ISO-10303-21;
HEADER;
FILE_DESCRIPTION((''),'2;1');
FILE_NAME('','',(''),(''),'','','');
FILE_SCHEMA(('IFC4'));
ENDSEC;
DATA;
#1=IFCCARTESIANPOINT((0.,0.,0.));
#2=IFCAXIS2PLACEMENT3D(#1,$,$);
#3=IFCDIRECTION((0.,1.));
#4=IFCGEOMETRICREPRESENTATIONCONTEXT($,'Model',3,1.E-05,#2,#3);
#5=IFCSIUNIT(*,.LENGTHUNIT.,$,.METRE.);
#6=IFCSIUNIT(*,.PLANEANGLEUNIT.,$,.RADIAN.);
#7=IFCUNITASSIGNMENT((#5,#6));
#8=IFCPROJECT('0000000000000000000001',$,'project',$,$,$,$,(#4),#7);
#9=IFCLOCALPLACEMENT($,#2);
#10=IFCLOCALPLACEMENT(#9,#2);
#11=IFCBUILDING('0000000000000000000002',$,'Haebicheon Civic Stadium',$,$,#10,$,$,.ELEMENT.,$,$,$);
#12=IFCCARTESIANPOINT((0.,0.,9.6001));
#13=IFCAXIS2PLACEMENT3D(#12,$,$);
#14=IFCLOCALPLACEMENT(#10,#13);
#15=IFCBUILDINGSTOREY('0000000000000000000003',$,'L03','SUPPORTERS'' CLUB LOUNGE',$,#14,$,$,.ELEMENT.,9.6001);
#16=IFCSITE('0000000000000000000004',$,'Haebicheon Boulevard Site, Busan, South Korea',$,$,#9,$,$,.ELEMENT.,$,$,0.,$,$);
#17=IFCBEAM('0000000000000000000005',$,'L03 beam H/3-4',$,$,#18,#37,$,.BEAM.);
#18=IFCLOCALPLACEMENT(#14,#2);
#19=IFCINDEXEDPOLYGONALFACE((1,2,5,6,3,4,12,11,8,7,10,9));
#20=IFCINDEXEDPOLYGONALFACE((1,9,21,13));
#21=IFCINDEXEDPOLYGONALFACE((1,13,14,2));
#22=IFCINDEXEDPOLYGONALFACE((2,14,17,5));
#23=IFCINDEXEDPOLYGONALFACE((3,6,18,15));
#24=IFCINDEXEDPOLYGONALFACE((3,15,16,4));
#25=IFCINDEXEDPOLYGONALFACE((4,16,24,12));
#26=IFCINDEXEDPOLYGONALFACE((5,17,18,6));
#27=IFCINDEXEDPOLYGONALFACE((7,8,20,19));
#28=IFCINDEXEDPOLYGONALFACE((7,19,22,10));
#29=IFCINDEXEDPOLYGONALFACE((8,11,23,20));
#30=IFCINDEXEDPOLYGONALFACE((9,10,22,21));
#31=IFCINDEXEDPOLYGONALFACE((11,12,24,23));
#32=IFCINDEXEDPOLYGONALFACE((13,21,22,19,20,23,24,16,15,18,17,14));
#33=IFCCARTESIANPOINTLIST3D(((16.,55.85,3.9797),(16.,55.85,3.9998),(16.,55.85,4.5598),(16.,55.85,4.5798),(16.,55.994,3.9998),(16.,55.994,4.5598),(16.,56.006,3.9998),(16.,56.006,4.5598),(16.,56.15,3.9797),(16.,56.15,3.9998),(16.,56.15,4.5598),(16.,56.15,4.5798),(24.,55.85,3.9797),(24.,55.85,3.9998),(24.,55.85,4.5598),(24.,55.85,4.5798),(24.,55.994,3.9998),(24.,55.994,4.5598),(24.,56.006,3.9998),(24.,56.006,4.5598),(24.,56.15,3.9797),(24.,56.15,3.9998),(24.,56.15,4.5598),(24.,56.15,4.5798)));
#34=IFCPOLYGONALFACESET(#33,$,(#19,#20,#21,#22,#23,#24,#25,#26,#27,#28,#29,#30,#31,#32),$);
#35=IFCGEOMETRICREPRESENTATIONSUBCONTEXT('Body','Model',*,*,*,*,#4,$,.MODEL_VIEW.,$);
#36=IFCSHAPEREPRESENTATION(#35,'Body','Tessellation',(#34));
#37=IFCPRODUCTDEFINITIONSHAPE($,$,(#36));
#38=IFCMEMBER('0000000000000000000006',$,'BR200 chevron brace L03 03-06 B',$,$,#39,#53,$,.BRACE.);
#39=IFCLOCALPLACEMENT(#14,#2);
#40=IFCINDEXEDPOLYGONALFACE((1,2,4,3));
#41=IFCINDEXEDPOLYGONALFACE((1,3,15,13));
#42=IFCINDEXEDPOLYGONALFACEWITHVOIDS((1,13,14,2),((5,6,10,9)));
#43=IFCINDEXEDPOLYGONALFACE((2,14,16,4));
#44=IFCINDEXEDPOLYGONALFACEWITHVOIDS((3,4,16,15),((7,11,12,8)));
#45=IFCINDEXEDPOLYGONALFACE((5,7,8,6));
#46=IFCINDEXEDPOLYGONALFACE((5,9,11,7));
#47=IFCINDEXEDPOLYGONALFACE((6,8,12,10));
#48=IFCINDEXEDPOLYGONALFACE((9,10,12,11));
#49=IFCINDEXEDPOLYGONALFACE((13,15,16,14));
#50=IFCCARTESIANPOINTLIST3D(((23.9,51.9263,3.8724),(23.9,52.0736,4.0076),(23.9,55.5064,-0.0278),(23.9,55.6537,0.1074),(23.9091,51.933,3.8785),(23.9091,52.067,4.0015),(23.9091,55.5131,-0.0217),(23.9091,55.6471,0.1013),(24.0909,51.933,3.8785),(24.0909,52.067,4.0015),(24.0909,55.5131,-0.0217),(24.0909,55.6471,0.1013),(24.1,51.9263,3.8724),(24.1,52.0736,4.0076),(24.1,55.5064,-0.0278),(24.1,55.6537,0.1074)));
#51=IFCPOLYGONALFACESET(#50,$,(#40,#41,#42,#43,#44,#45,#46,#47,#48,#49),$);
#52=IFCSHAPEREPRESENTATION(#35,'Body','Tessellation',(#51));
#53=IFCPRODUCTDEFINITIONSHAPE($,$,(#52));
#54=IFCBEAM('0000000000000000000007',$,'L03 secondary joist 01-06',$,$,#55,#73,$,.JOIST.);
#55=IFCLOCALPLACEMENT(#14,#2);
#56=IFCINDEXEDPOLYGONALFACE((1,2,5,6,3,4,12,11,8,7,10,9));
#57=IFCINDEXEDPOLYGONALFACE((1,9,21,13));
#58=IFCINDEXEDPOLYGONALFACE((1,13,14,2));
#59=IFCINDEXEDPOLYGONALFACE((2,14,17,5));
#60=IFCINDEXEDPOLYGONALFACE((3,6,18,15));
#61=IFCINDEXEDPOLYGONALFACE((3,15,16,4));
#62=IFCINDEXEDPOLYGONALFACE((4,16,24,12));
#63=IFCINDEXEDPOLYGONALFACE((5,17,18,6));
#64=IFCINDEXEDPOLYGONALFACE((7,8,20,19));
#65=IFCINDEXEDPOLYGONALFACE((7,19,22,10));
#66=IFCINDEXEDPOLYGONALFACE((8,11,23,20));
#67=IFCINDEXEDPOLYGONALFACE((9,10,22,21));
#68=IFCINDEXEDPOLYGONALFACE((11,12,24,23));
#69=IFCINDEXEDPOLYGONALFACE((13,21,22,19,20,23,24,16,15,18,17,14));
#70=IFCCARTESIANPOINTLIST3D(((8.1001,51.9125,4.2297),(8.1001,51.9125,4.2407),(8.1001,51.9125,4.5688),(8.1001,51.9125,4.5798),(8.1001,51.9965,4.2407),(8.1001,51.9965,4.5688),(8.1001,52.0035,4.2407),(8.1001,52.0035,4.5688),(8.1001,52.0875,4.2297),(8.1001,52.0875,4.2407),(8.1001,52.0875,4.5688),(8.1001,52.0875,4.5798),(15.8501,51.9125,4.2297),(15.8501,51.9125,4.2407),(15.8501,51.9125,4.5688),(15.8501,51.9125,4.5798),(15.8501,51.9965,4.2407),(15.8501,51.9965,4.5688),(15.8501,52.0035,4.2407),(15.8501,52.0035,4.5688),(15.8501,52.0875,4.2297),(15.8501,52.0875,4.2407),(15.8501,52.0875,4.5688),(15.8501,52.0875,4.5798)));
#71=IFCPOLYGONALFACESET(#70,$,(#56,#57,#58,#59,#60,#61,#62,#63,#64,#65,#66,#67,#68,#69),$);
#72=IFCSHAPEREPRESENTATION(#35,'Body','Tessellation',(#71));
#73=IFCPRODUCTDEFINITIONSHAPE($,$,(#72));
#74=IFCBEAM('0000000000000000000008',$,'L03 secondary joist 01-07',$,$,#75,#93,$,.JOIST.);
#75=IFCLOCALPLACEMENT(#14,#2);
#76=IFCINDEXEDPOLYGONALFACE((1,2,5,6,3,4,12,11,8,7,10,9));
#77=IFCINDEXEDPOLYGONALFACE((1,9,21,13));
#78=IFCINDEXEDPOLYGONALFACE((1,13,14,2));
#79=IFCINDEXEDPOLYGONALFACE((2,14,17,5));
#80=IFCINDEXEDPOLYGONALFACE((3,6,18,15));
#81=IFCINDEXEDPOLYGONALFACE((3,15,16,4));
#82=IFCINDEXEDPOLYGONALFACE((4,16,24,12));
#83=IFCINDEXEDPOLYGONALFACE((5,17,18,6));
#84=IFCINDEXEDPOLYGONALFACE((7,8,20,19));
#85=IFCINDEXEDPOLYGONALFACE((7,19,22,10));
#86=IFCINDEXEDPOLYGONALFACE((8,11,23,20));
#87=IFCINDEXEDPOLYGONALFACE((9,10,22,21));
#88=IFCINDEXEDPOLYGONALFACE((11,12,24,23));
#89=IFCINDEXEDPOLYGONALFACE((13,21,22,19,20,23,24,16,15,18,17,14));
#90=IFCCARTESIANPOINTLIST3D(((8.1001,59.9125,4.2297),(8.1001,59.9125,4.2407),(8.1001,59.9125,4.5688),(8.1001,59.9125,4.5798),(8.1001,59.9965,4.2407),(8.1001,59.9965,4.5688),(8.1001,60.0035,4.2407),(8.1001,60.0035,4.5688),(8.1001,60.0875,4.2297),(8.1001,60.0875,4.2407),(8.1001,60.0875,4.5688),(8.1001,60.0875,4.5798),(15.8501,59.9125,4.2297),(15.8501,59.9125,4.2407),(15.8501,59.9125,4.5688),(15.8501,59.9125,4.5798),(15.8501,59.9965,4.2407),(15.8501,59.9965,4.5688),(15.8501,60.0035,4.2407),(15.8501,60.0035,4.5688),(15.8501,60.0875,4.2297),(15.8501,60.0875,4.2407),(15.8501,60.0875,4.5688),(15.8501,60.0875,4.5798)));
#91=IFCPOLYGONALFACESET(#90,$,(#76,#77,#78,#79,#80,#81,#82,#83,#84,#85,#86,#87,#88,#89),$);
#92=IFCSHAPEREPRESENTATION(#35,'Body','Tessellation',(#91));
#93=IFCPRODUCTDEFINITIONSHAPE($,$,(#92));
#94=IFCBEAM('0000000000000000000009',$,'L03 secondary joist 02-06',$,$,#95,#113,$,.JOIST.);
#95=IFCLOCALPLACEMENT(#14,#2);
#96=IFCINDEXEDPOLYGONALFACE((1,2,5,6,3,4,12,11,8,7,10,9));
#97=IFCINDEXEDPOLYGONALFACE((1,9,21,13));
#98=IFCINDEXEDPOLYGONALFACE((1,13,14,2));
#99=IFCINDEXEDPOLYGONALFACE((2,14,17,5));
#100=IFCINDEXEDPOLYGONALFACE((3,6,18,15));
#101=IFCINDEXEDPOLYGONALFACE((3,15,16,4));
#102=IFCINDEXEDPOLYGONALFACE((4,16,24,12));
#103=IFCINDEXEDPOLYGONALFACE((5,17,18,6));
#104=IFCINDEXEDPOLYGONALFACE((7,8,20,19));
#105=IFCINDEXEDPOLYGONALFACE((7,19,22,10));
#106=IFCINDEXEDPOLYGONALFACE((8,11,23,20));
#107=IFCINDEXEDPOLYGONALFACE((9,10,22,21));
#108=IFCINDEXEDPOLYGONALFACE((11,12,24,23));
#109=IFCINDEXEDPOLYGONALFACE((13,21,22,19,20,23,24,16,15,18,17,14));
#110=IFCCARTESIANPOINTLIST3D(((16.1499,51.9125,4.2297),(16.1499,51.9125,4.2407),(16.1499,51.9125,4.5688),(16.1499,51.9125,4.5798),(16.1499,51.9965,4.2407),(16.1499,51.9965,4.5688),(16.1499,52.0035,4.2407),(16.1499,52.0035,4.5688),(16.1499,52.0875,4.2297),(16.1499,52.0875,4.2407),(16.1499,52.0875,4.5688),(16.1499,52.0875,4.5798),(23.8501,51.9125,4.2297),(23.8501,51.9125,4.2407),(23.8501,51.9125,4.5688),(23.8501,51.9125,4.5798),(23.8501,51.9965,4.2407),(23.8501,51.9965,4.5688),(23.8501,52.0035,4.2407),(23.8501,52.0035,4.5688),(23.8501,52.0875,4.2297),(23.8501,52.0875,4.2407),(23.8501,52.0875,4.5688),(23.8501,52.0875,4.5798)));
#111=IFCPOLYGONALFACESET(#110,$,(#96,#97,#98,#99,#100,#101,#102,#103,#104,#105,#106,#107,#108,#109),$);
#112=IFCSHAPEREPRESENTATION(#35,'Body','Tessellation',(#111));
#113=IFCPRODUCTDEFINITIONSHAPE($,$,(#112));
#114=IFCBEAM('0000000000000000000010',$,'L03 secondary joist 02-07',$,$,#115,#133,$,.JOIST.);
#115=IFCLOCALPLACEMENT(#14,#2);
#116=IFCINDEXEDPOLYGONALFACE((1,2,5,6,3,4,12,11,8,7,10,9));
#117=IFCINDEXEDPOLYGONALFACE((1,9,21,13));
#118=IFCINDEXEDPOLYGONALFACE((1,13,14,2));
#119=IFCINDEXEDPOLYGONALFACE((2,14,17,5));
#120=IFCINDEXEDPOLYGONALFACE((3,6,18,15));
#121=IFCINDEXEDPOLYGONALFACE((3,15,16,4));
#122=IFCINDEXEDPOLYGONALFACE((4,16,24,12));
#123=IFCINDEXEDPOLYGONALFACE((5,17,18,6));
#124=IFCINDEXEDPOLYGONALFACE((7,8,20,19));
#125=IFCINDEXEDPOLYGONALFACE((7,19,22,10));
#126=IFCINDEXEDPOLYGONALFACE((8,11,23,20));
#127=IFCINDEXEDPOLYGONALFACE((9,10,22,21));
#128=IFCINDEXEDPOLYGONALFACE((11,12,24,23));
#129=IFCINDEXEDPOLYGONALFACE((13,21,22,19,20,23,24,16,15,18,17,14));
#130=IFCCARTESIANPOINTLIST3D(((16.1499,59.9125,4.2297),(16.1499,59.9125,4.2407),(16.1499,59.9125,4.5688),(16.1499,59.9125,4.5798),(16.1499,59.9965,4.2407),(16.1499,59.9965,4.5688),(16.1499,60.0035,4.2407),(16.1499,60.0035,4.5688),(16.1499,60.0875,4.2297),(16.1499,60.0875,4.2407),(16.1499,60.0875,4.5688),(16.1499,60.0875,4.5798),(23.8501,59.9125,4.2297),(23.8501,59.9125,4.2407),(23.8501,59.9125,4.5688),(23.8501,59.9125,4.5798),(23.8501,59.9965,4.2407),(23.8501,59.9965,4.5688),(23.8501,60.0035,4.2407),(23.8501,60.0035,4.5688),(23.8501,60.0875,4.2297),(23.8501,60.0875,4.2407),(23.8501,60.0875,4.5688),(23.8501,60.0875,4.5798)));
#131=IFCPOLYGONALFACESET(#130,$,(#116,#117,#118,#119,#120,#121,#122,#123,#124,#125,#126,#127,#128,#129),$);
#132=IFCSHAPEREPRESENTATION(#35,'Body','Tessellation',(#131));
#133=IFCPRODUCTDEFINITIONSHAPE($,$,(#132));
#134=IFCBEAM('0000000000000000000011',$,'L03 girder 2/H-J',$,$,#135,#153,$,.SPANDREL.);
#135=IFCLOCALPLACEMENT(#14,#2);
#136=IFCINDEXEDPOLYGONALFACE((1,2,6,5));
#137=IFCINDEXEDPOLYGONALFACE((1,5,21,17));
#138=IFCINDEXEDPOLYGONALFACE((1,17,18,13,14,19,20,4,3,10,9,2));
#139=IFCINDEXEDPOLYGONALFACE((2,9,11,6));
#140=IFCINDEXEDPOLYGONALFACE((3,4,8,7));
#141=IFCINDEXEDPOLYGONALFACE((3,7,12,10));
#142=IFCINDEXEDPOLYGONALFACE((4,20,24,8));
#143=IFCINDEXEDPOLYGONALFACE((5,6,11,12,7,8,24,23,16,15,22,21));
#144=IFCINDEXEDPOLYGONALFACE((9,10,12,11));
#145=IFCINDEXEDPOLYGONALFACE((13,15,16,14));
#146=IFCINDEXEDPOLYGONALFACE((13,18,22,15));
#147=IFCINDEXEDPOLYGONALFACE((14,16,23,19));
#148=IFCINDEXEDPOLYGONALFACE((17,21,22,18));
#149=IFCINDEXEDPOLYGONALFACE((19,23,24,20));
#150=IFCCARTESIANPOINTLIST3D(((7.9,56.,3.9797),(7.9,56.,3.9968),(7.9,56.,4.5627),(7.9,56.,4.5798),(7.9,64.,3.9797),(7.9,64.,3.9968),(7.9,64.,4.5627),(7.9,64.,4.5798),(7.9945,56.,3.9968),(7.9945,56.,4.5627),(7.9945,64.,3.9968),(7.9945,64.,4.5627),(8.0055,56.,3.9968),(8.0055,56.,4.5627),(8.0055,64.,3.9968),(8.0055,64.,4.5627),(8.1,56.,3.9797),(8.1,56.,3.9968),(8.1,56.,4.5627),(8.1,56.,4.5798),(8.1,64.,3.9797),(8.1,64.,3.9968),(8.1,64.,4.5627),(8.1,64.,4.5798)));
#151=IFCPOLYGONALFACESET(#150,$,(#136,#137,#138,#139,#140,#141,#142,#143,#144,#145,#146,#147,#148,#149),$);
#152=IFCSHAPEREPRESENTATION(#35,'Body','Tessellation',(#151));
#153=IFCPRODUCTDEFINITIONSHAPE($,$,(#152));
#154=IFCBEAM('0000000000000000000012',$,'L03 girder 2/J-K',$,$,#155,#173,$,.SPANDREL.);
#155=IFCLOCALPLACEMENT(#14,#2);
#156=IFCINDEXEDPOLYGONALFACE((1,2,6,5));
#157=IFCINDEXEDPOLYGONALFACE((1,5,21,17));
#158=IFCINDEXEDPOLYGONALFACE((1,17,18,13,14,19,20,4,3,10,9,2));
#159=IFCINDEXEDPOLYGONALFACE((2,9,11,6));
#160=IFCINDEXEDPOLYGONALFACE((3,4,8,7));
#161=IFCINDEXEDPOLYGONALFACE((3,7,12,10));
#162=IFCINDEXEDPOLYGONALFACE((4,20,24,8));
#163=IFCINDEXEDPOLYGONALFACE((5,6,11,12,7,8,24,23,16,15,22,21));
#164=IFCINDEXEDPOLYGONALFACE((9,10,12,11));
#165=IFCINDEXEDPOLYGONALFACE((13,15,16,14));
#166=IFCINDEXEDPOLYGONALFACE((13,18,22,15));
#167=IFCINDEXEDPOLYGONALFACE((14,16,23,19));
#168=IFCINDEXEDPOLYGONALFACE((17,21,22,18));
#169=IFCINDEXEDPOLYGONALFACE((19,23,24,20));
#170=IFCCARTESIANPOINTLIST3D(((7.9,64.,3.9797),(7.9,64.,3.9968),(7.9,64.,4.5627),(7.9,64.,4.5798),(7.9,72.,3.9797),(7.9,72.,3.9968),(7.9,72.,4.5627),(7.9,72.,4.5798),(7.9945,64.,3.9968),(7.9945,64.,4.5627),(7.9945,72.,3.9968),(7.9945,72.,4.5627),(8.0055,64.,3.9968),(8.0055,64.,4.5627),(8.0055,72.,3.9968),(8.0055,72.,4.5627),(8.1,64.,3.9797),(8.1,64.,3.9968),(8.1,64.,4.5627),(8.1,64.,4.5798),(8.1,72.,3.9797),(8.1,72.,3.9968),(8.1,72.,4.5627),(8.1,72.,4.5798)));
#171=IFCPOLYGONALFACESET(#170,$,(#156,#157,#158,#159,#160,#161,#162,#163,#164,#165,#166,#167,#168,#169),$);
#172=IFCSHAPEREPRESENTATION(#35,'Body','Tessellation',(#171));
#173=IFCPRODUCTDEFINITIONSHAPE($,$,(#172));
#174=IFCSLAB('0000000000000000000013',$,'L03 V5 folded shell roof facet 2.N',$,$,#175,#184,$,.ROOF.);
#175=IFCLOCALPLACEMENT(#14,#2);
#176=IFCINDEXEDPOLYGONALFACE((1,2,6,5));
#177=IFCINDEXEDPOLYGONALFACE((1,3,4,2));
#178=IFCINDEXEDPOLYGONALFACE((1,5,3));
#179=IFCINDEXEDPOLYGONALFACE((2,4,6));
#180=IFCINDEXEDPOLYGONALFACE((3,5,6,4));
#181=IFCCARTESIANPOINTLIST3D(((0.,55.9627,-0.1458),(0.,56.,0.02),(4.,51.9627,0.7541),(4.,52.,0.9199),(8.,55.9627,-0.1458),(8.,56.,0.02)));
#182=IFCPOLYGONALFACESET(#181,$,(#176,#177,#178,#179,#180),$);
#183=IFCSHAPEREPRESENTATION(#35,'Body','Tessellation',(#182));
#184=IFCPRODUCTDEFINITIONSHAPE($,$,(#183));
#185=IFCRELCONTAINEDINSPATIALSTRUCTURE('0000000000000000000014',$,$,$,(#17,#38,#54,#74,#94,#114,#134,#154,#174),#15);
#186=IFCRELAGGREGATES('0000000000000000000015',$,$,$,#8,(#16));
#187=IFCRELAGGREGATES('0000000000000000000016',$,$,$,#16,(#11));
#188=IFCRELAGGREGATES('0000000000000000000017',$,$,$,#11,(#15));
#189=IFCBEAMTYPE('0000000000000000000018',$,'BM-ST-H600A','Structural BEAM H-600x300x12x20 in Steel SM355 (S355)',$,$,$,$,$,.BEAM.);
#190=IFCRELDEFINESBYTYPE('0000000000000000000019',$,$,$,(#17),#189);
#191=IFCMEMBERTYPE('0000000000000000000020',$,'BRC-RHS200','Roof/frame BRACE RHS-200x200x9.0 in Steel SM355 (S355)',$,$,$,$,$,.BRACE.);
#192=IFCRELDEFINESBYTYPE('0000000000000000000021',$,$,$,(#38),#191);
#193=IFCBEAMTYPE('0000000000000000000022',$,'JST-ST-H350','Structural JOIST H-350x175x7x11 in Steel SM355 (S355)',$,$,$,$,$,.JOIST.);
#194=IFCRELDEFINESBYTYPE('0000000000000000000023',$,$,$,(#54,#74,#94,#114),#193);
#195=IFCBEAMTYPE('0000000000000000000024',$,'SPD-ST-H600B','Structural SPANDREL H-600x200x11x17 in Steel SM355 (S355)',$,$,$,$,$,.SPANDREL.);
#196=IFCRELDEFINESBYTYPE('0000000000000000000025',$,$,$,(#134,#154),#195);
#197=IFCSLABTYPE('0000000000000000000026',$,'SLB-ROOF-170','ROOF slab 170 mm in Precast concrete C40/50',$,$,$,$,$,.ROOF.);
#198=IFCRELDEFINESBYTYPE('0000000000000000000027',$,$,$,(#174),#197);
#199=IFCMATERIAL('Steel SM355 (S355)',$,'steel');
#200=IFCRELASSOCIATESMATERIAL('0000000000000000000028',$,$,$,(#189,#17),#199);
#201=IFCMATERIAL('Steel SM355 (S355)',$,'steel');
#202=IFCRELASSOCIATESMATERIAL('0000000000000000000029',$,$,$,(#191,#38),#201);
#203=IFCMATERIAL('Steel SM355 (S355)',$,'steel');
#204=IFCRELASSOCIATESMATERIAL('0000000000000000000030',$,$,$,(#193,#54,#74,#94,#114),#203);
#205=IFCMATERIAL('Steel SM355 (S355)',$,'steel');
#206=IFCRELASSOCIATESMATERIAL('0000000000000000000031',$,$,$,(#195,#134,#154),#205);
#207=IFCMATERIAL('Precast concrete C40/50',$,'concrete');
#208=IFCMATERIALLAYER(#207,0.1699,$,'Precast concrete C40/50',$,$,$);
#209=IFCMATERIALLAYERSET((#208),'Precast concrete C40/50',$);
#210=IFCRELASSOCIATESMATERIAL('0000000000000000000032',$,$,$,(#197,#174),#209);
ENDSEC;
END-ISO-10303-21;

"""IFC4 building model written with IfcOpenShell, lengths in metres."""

from ifc_helpers import new_model, si_unit, direction, frame, origin, origin_2d, place, context, subcontext, project, spatial, polyline, hollow_rectangle, i_section, outline, extrude, material, layer, layer_set, material_profile, profile_set, type_object, element, save


model = new_model("IFC4")

# Units and contexts
model_context = context("Model", 3, precision=1e-05, world=origin(), true_north=direction((0.0, 1.0)))
body_context = subcontext(model_context, "Body", "Model", "MODEL_VIEW")
ifc_project = project(units=[si_unit("LENGTHUNIT", "METRE"), si_unit("PLANEANGLEUNIT", "RADIAN")], contexts=[model_context])

# Site, building, storey
site_placement = place(None, origin())
site = spatial("IfcSite", under=ifc_project, at=site_placement, Name="Haebicheon Boulevard Site, Busan, South Korea", CompositionType="ELEMENT", RefElevation=0.0)
building_placement = place(site_placement, origin())
building = spatial("IfcBuilding", under=site, at=building_placement, Name="Haebicheon Civic Stadium", CompositionType="ELEMENT")
storey_placement = place(building_placement, frame((0.0, 0.0, 9.6001)))
storey = spatial("IfcBuildingStorey", under=building, at=storey_placement, Name="L03", Description="SUPPORTERS' CLUB LOUNGE", CompositionType="ELEMENT", Elevation=9.6001)

# Beam
ifc_material_1 = material(Name="Steel SM355 (S355)", Category="steel")
ifc_material_profile_1 = material_profile(ifc_material_1, i_section(OverallWidth=0.3, OverallDepth=0.6001, WebThickness=0.012, FlangeThickness=0.02, at=origin_2d()), Name="H-600x300x12x20")
ifc_profile_set_1 = profile_set([ifc_material_profile_1], Name="Steel SM355 (S355)")
beam_type_1 = type_object("IfcBeamType", Name="BM-ST-H600A", Description="Structural BEAM H-600x300x12x20 in Steel SM355 (S355)", PredefinedType="BEAM", material=ifc_profile_set_1)
for number, where, z_axis, x_axis, name in (
    (1, (16.0, 56.0, 4.2798), (1.0, 0.0, 0.0), (0.0, 1.0, 0.0), "L03 beam H/3-4"),
):
    element("IfcBeam", number, at=place(storey_placement, frame(where, z_axis=z_axis, x_axis=x_axis)), inside=storey, type_object=beam_type_1, material=ifc_profile_set_1, Name=name, PredefinedType="BEAM", context=body_context, shape_type="SweptSolid", body=[
        extrude(i_section(OverallWidth=0.3, OverallDepth=0.6001, WebThickness=0.012, FlangeThickness=0.02, at=origin_2d()), origin(), (0.0, 0.0, 1.0), 8.0),
    ])

# Member
ifc_material_2 = material(Name="Steel SM355 (S355)", Category="steel")
ifc_material_profile_2 = material_profile(ifc_material_2, hollow_rectangle(XDim=0.2, YDim=0.2, WallThickness=0.009, at=origin_2d()), Name="RHS-200x200x9.0")
ifc_profile_set_2 = profile_set([ifc_material_profile_2], Name="Steel SM355 (S355)")
member_type = type_object("IfcMemberType", Name="BRC-RHS200", Description="Roof/frame BRACE RHS-200x200x9.0 in Steel SM355 (S355)", PredefinedType="BRACE", material=ifc_profile_set_2)
member_placement = place(storey_placement, frame((24.0, 55.5801, 0.0398), z_axis=(0.0, -0.676232, 0.736689), x_axis=(1.0, 0.0, 0.0)))
element("IfcMember", 2, at=member_placement, inside=storey, type_object=member_type, material=ifc_profile_set_2, Name="BR200 chevron brace L03 03-06 B", PredefinedType="BRACE", context=body_context, shape_type="SweptSolid", body=[
    extrude(hollow_rectangle(XDim=0.2, YDim=0.2, WallThickness=0.009, at=origin_2d()), origin(), (0.0, 0.0, 1.0), 5.2942),
])

# Beams
ifc_material_3 = material(Name="Steel SM355 (S355)", Category="steel")
ifc_material_profile_3 = material_profile(ifc_material_3, i_section(OverallWidth=0.175, OverallDepth=0.3501, WebThickness=0.0071, FlangeThickness=0.011, at=origin_2d()), Name="H-350x175x7x11")
ifc_profile_set_3 = profile_set([ifc_material_profile_3], Name="Steel SM355 (S355)")
beam_type_2 = type_object("IfcBeamType", Name="JST-ST-H350", Description="Structural JOIST H-350x175x7x11 in Steel SM355 (S355)", PredefinedType="JOIST", material=ifc_profile_set_3)
for number, where, z_axis, x_axis, name in (
    (3, (8.1001, 52.0, 4.4048), (1.0, 0.0, 0.0), (0.0, 1.0, 0.0), "L03 secondary joist 01-06"),
    (4, (8.1001, 60.0, 4.4048), (1.0, 0.0, 0.0), (0.0, 1.0, 0.0), "L03 secondary joist 01-07"),
):
    element("IfcBeam", number, at=place(storey_placement, frame(where, z_axis=z_axis, x_axis=x_axis)), inside=storey, type_object=beam_type_2, material=ifc_profile_set_3, Name=name, PredefinedType="JOIST", context=body_context, shape_type="SweptSolid", body=[
        extrude(i_section(OverallWidth=0.175, OverallDepth=0.3501, WebThickness=0.0071, FlangeThickness=0.011, at=origin_2d()), origin(), (0.0, 0.0, 1.0), 7.75),
    ])
for number, where, z_axis, x_axis, name in (
    (5, (16.1499, 52.0, 4.4048), (1.0, 0.0, 0.0), (0.0, 1.0, 0.0), "L03 secondary joist 02-06"),
    (6, (16.1499, 60.0, 4.4048), (1.0, 0.0, 0.0), (0.0, 1.0, 0.0), "L03 secondary joist 02-07"),
):
    element("IfcBeam", number, at=place(storey_placement, frame(where, z_axis=z_axis, x_axis=x_axis)), inside=storey, type_object=beam_type_2, material=ifc_profile_set_3, Name=name, PredefinedType="JOIST", context=body_context, shape_type="SweptSolid", body=[
        extrude(i_section(OverallWidth=0.175, OverallDepth=0.3501, WebThickness=0.0071, FlangeThickness=0.011, at=origin_2d()), origin(), (0.0, 0.0, 1.0), 7.7002),
    ])
ifc_material_4 = material(Name="Steel SM355 (S355)", Category="steel")
ifc_material_profile_4 = material_profile(ifc_material_4, i_section(OverallWidth=0.2, OverallDepth=0.6001, WebThickness=0.011, FlangeThickness=0.0171, at=origin_2d()), Name="H-600x200x11x17")
ifc_profile_set_4 = profile_set([ifc_material_profile_4], Name="Steel SM355 (S355)")
beam_type_3 = type_object("IfcBeamType", Name="SPD-ST-H600B", Description="Structural SPANDREL H-600x200x11x17 in Steel SM355 (S355)", PredefinedType="SPANDREL", material=ifc_profile_set_4)
for number, where, z_axis, x_axis, name in (
    (7, (8.0, 56.0, 4.2798), (0.0, 1.0, 0.0), (-1.0, 0.0, 0.0), "L03 girder 2/H-J"),
    (8, (8.0, 64.0, 4.2798), (0.0, 1.0, 0.0), (-1.0, 0.0, 0.0), "L03 girder 2/J-K"),
):
    element("IfcBeam", number, at=place(storey_placement, frame(where, z_axis=z_axis, x_axis=x_axis)), inside=storey, type_object=beam_type_3, material=ifc_profile_set_4, Name=name, PredefinedType="SPANDREL", context=body_context, shape_type="SweptSolid", body=[
        extrude(i_section(OverallWidth=0.2, OverallDepth=0.6001, WebThickness=0.011, FlangeThickness=0.0171, at=origin_2d()), origin(), (0.0, 0.0, 1.0), 8.0),
    ])

# Slab
ifc_material_5 = material(Name="Precast concrete C40/50", Category="concrete")
ifc_layer_1 = layer(ifc_material_5, 0.1699, Name="Precast concrete C40/50")
ifc_layer_set_1 = layer_set([ifc_layer_1], Name="Precast concrete C40/50")
slab_type = type_object("IfcSlabType", Name="SLB-ROOF-170", Description="ROOF slab 170 mm in Precast concrete C40/50", PredefinedType="ROOF", material=ifc_layer_set_1)
for number, where, z_axis, x_axis, name in (
    (9, (8.0, 56.0, 0.02), (0.0, 0.21949, 0.975615), (-1.0, 0.0, 0.0), "L03 V5 folded shell roof facet 2.N"),
):
    element("IfcSlab", number, at=place(storey_placement, frame(where, z_axis=z_axis, x_axis=x_axis)), inside=storey, type_object=slab_type, material=ifc_layer_set_1, Name=name, PredefinedType="ROOF", context=body_context, shape_type="SweptSolid", body=[
        extrude(outline(polyline([(0.0, 0.0), (8.0, 0.0), (4.0, 4.1), (0.0, 0.0)])), origin(), (0.0, 0.0, -1.0), 0.1699),
    ])

save(model, "model.ifc")
